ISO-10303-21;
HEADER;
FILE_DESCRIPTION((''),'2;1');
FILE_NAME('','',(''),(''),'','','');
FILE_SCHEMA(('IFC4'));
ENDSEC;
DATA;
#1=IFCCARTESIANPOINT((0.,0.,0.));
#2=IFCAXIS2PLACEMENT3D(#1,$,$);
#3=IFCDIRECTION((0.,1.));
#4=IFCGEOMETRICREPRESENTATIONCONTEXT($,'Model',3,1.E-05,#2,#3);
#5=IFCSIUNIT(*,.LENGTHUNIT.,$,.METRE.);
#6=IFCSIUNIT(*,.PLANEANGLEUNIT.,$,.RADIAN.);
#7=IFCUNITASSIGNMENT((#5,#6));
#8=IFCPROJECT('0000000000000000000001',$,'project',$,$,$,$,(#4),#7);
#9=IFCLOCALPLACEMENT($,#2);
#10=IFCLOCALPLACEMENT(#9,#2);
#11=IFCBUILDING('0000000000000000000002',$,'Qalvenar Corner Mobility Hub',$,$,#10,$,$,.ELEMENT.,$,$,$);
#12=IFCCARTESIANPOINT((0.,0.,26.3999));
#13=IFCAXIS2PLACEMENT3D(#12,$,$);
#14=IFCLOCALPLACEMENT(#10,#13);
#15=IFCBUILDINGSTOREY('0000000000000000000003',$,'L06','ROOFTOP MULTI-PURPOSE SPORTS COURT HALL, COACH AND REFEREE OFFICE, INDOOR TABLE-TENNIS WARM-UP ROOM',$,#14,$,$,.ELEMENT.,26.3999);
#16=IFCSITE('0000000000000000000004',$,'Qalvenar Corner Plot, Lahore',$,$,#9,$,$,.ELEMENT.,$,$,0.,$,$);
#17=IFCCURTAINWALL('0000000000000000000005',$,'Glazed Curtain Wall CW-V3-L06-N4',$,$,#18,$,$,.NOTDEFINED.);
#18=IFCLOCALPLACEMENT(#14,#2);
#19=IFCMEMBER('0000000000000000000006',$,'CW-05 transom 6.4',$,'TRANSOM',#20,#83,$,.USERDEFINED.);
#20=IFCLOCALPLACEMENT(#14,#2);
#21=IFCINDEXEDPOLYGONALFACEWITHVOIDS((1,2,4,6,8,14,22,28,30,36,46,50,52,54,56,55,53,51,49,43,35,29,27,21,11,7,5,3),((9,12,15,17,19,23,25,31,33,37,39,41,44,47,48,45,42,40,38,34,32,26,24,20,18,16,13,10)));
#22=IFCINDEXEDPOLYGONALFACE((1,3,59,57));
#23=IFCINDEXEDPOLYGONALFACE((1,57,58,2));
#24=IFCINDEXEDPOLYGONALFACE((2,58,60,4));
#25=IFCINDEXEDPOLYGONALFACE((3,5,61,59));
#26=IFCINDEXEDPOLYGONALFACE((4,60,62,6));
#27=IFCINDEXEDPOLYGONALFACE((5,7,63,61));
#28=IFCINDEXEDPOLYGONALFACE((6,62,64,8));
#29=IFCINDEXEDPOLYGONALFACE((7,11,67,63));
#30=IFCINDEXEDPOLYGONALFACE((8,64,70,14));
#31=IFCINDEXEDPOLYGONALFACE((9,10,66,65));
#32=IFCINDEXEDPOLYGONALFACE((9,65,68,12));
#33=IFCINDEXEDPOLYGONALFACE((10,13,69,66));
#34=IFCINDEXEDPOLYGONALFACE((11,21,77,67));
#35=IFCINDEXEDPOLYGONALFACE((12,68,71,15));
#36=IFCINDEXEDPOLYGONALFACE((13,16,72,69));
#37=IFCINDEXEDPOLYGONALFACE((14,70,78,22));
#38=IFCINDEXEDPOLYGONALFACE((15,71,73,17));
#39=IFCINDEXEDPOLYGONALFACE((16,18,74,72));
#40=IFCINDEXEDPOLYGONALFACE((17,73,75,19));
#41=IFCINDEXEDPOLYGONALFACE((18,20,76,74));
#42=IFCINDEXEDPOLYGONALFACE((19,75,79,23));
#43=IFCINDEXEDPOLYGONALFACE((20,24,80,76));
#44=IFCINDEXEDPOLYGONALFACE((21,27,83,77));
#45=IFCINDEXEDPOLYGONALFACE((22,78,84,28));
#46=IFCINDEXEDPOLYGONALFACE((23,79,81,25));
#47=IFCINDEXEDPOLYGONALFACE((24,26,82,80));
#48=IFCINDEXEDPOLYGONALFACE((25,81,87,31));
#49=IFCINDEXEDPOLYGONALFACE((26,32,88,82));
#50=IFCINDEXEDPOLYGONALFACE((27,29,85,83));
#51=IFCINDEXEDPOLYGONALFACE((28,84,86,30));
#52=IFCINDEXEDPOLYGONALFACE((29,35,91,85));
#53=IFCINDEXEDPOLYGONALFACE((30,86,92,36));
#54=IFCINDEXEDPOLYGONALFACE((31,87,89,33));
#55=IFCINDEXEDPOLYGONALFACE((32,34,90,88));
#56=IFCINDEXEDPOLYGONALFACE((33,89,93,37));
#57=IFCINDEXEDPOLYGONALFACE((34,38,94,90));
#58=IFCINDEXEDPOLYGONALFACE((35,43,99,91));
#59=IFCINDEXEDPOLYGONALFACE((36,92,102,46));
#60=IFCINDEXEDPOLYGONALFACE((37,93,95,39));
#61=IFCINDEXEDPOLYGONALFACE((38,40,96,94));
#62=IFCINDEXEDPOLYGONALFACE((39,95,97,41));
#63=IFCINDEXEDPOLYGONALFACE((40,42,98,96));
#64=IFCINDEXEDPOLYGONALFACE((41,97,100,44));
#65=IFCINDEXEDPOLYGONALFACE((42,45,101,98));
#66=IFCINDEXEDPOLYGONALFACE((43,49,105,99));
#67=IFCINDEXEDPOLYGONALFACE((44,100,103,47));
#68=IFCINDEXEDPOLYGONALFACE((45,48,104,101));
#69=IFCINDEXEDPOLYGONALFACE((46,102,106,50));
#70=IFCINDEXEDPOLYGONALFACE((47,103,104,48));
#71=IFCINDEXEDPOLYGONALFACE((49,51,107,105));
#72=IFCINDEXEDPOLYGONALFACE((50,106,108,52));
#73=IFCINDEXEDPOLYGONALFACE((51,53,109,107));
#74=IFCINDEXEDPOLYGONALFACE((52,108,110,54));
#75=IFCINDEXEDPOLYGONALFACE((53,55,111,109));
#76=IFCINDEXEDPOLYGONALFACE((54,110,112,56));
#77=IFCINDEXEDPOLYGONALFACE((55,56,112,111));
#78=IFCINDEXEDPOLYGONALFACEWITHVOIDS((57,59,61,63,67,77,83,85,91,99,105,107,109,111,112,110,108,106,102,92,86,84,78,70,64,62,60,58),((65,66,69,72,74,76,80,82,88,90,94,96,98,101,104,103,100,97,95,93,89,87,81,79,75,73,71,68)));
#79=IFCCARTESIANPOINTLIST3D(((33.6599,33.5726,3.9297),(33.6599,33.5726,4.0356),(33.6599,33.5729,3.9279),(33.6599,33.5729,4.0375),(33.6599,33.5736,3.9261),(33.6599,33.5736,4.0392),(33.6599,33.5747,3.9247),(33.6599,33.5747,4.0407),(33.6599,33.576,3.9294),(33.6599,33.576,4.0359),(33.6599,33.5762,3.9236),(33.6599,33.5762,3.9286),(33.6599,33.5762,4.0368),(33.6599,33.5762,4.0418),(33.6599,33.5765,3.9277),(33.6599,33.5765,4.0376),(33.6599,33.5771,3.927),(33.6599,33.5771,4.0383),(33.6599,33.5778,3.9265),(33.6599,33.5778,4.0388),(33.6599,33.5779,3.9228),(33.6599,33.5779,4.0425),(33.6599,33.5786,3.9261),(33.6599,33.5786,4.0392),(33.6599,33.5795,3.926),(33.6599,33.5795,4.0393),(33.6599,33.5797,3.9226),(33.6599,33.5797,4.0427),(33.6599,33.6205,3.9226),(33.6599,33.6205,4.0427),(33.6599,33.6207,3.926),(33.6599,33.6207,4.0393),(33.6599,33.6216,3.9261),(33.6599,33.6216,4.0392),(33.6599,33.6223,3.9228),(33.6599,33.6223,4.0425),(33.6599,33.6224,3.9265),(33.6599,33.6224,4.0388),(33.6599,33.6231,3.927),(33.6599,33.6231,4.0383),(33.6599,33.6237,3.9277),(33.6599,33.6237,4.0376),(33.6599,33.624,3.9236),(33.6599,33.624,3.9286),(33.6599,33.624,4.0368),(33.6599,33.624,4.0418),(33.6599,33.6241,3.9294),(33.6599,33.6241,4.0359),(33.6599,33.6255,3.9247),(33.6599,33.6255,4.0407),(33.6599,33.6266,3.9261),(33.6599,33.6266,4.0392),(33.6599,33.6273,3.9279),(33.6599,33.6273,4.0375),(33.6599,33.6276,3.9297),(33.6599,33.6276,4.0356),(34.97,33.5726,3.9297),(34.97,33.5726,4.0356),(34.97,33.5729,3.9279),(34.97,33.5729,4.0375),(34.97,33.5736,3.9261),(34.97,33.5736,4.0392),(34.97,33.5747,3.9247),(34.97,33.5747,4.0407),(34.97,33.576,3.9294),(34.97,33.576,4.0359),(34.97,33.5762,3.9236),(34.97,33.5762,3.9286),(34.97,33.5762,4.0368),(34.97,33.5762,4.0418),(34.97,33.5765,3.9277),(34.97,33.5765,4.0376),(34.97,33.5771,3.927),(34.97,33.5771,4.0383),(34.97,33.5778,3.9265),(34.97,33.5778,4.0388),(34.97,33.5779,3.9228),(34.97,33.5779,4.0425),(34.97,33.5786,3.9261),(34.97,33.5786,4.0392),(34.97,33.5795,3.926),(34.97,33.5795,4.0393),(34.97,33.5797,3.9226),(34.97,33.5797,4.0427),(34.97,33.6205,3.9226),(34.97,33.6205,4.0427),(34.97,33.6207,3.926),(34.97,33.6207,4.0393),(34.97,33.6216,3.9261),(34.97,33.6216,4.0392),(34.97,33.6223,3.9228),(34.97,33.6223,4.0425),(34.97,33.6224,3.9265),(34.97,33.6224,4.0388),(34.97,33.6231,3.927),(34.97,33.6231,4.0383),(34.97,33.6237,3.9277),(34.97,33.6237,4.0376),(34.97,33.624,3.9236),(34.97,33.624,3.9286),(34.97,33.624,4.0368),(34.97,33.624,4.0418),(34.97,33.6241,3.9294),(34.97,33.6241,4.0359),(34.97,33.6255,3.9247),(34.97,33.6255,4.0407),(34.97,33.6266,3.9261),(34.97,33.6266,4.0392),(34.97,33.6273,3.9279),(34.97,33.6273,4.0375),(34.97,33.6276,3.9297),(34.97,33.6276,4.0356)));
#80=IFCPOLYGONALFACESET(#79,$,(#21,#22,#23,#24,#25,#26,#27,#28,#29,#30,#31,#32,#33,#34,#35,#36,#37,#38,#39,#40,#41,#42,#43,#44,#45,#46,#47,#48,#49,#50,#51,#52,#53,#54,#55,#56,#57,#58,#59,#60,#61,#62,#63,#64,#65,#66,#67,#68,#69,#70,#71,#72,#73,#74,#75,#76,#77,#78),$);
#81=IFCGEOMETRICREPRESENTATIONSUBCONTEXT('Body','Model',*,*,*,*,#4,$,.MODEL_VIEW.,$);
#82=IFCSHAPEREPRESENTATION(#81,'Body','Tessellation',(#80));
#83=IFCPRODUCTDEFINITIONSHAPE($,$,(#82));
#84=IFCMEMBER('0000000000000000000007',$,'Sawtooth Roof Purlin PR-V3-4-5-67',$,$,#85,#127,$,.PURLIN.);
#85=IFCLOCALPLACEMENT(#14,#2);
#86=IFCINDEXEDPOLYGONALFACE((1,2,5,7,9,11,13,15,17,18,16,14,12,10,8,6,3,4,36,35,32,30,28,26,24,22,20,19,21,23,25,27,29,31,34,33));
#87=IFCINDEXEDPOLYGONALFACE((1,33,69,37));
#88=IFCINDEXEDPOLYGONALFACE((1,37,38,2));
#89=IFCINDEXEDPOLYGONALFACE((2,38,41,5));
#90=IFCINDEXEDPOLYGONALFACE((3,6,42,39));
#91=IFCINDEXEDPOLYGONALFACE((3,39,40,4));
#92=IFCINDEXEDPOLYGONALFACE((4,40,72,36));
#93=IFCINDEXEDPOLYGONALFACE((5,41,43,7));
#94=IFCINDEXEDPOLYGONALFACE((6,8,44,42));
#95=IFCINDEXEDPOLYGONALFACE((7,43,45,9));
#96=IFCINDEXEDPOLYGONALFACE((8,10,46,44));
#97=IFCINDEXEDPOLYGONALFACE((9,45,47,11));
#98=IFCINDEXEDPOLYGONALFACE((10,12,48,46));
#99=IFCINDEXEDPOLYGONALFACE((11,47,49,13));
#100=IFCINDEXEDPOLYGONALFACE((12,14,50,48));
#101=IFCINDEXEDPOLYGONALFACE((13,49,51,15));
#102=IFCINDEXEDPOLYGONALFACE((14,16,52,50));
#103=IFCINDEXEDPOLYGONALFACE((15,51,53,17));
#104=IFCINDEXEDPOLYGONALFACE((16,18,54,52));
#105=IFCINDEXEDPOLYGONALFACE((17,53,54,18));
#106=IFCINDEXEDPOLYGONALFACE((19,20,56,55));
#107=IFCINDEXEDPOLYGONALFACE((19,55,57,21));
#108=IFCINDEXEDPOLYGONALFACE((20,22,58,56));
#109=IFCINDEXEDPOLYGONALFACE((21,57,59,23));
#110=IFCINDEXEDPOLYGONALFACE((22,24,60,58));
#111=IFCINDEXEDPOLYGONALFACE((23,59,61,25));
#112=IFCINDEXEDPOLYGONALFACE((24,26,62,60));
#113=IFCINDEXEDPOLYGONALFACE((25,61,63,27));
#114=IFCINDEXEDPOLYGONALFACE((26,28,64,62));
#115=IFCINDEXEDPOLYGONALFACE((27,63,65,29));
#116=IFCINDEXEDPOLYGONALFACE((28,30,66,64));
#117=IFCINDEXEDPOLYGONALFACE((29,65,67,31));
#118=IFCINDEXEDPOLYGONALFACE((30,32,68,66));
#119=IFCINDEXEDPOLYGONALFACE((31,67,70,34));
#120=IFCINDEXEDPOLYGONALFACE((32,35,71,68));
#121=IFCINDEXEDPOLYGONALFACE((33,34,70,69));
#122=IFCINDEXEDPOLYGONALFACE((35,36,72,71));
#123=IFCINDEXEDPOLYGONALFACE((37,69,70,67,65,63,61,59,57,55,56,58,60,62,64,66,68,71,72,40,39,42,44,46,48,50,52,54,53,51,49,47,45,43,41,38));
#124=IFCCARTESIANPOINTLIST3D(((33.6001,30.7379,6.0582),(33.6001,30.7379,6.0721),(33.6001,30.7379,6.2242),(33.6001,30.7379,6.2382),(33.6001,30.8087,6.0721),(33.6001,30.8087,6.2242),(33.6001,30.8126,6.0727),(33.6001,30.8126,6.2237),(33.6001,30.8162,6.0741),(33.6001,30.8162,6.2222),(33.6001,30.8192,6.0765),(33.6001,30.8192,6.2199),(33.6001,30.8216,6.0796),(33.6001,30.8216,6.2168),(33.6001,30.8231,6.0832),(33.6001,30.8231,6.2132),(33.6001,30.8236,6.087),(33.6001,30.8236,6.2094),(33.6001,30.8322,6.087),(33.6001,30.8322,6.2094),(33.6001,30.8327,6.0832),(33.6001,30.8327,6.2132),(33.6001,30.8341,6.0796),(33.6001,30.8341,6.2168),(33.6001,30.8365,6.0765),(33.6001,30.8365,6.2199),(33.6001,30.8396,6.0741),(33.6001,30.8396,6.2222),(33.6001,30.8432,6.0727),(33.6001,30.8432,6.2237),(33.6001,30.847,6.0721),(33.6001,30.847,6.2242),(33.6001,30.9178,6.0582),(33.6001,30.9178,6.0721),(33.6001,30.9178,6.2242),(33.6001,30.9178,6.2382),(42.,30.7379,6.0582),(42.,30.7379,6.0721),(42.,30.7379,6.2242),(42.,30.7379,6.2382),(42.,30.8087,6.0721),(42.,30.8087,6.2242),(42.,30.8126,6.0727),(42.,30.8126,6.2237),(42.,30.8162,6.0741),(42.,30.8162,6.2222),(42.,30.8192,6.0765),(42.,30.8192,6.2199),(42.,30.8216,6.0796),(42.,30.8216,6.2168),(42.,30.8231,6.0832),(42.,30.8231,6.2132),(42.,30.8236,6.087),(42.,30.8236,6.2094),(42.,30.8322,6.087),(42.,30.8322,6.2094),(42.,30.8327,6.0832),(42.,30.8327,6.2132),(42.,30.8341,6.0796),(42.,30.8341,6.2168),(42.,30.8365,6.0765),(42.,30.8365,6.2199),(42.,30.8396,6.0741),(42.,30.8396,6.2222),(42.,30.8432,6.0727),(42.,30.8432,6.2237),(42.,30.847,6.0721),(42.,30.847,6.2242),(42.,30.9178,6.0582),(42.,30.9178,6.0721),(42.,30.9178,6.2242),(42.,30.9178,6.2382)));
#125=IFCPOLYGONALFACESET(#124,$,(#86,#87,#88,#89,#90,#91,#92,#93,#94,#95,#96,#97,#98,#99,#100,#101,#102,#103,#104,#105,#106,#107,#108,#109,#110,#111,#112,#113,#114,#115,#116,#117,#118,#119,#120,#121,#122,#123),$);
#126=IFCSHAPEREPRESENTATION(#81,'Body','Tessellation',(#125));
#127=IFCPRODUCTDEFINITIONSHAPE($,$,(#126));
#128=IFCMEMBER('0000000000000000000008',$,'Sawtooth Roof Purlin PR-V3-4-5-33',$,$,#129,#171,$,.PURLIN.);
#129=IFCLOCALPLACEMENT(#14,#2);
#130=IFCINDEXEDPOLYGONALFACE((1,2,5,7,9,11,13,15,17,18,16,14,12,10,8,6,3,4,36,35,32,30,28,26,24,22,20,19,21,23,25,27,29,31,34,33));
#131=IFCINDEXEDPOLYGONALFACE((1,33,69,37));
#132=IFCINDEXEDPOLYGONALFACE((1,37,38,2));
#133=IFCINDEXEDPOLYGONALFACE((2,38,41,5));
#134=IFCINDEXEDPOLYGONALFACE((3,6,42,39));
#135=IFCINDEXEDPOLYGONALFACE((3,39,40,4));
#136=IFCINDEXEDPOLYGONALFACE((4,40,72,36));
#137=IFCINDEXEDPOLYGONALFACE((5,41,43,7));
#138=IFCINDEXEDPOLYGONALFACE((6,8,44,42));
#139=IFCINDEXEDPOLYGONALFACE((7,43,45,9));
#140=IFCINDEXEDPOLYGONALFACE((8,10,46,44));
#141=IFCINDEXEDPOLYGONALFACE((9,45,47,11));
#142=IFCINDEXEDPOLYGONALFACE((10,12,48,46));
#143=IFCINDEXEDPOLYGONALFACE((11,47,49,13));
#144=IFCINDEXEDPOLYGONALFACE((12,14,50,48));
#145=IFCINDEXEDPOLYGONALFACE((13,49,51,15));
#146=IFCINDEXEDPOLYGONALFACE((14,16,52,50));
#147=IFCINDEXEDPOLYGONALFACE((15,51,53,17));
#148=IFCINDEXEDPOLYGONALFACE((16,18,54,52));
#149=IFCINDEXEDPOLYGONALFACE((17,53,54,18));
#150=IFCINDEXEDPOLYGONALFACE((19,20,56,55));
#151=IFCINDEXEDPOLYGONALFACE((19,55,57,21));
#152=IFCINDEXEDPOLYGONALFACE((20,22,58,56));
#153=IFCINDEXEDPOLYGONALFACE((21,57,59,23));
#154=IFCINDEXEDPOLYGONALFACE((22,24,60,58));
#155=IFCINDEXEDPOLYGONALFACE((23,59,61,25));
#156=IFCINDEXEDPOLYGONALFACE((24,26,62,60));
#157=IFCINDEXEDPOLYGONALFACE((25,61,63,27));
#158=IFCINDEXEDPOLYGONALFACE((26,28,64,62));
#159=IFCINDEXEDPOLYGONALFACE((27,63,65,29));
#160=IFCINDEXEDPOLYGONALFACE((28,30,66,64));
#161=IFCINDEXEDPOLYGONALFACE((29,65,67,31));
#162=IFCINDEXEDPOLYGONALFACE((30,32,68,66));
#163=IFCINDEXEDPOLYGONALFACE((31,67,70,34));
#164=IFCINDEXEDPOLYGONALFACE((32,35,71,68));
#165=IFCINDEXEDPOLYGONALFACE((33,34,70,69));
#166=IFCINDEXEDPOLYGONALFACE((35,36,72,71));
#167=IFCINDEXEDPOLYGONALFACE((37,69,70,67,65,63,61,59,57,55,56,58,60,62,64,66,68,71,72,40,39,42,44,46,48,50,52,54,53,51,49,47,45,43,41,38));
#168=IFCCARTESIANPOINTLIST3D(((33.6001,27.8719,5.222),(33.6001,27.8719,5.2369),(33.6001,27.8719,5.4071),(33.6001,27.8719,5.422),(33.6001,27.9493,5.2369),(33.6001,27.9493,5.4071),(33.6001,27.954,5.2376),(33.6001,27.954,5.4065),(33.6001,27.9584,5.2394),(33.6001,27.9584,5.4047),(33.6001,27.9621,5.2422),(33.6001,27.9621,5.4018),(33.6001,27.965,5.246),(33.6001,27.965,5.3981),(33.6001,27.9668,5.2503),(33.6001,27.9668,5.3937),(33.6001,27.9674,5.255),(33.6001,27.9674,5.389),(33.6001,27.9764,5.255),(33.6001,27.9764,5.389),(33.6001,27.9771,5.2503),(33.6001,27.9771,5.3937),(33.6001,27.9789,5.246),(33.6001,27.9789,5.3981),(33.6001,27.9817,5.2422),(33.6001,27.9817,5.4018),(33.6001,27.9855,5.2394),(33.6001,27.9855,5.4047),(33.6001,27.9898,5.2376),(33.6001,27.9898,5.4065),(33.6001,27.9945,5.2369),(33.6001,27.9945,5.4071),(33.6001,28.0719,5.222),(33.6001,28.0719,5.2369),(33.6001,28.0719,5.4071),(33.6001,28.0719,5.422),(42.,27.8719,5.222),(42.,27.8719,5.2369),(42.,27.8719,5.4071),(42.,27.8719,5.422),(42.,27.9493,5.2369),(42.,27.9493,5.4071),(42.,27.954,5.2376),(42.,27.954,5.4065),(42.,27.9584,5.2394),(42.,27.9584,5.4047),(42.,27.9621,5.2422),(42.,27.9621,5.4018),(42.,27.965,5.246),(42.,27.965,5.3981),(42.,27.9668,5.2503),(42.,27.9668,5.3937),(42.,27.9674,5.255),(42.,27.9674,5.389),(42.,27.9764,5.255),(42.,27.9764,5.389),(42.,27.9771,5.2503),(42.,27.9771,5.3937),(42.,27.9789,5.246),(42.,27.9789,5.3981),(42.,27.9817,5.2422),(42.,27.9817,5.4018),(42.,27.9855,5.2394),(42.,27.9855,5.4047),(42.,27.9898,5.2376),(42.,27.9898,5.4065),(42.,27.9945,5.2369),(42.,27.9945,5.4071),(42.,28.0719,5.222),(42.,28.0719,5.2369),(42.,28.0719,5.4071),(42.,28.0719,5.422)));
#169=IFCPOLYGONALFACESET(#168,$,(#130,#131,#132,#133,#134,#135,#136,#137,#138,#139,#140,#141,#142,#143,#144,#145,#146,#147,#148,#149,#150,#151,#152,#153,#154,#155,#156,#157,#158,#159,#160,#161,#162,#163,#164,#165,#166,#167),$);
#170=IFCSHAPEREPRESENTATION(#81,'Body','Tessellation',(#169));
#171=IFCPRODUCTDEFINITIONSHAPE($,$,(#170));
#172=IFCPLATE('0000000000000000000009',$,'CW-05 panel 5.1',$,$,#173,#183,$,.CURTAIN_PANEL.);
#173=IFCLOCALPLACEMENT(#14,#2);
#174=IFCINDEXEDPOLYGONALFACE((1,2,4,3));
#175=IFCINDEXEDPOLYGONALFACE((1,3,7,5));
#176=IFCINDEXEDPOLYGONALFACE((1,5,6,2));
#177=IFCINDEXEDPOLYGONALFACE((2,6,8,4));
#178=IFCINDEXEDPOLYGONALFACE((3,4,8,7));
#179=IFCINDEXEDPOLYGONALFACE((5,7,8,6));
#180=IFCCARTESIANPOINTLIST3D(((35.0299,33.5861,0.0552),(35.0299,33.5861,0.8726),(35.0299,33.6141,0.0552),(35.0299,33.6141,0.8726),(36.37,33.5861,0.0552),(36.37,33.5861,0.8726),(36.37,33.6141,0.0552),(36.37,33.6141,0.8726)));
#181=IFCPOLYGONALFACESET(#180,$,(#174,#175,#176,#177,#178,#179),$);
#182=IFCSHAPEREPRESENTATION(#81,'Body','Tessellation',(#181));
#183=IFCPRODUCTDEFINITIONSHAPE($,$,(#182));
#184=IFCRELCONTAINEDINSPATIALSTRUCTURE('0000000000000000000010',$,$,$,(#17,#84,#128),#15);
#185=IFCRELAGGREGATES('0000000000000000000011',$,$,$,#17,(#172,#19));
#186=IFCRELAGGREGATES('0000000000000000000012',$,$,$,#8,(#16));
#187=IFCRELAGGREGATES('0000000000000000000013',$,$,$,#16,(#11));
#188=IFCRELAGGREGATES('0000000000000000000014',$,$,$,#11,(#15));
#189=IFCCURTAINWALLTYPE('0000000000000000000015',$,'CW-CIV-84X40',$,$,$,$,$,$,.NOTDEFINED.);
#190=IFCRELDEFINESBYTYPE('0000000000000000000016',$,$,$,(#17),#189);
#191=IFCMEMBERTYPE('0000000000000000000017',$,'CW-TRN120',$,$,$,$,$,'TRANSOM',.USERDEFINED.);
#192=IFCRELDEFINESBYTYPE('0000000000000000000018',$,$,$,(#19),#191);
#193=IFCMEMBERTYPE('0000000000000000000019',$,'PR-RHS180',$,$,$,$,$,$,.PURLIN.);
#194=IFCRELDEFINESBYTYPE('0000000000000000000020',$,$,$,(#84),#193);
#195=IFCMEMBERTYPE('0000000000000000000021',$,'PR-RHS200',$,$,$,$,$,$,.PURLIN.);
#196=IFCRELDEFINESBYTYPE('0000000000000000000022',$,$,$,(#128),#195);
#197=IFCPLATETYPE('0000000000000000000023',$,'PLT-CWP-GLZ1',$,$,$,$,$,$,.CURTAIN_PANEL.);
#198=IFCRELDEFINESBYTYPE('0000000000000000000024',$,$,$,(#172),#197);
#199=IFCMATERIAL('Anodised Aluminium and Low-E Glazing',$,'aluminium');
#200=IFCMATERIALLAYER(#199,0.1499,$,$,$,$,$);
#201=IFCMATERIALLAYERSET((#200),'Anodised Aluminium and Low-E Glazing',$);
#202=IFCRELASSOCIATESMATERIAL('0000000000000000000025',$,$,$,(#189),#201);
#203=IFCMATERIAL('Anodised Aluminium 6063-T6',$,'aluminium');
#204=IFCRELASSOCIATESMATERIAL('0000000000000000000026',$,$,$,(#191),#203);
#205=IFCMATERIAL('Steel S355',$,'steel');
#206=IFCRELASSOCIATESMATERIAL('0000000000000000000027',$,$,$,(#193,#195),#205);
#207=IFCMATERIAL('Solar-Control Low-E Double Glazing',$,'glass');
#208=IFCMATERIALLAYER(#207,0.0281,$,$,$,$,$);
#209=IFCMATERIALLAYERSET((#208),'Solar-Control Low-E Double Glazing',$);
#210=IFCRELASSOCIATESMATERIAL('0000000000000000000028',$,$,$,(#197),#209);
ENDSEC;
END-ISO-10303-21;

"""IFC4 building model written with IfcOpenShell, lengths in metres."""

from ifc_helpers import new_model, si_unit, direction, frame, origin, origin_2d, place, context, subcontext, project, spatial, rectangle, hollow_rectangle, i_section, extrude, material, layer, layer_set, material_profile, profile_set, type_object, element, aggregate, save


model = new_model("IFC4")

# Units and contexts
model_context = context("Model", 3, precision=1e-05, world=origin(), true_north=direction((0.0, 1.0)))
body_context = subcontext(model_context, "Body", "Model", "MODEL_VIEW")
ifc_project = project(units=[si_unit("LENGTHUNIT", "METRE"), si_unit("PLANEANGLEUNIT", "RADIAN")], contexts=[model_context])

# Site, building, storey
site_placement = place(None, origin())
site = spatial("IfcSite", under=ifc_project, at=site_placement, Name="Qalvenar Corner Plot, Lahore", CompositionType="ELEMENT", RefElevation=0.0)
building_placement = place(site_placement, origin())
building = spatial("IfcBuilding", under=site, at=building_placement, Name="Qalvenar Corner Mobility Hub", CompositionType="ELEMENT")
storey_placement = place(building_placement, frame((0.0, 0.0, 26.3999)))
storey = spatial("IfcBuildingStorey", under=building, at=storey_placement, Name="L06", Description="ROOFTOP MULTI-PURPOSE SPORTS COURT HALL, COACH AND REFEREE OFFICE, INDOOR TABLE-TENNIS WARM-UP ROOM", CompositionType="ELEMENT", Elevation=26.3999)

# Shared definitions
ifc_material_1 = material(Name="Steel S355", Category="steel")

# Curtain wall
ifc_material_2 = material(Name="Anodised Aluminium and Low-E Glazing", Category="aluminium")
ifc_material_3 = material(Name="Anodised Aluminium 6063-T6", Category="aluminium")
ifc_layer_1 = layer(ifc_material_2, 0.1499)
ifc_layer_set_1 = layer_set([ifc_layer_1], Name="Anodised Aluminium and Low-E Glazing")
curtain_wall_type_1 = type_object("IfcCurtainWallType", Name="CW-CIV-84X40", PredefinedType="NOTDEFINED", material=ifc_layer_set_1)
curtain_wall_1_placement = place(storey_placement, origin())
curtain_wall_1 = element("IfcCurtainWall", 1, at=curtain_wall_1_placement, inside=storey, type_object=curtain_wall_type_1, Name="Glazed Curtain Wall CW-V3-L06-N4", PredefinedType="NOTDEFINED")

# Member
ifc_material_profile_1 = material_profile(ifc_material_3, hollow_rectangle(XDim=0.0549, YDim=0.1201, WallThickness=0.0034, InnerFilletRadius=0.0034, OuterFilletRadius=0.0071, at=origin_2d()), Name="RHS120x55x3.5")
ifc_profile_set_1 = profile_set([ifc_material_profile_1], Name="Anodised Aluminium 6063-T6")
member_type_1 = type_object("IfcMemberType", Name="CW-TRN120", ElementType="TRANSOM", PredefinedType="USERDEFINED", material=ifc_profile_set_1)
member_1_placement = place(storey_placement, frame((34.97, 33.6001, 3.9827), z_axis=(-1.0, 0.0, 0.0), x_axis=(0.0, -1.0, 0.0)))
member_1 = element("IfcMember", 2, at=member_1_placement, type_object=member_type_1, Name="CW-05 transom 6.4", ObjectType="TRANSOM", PredefinedType="USERDEFINED", context=body_context, shape_type="SweptSolid", body=[
    extrude(hollow_rectangle(XDim=0.0549, YDim=0.1201, WallThickness=0.0034, InnerFilletRadius=0.0034, OuterFilletRadius=0.0071, at=origin_2d()), origin(), (0.0, 0.0, 1.0), 1.3101),
])

# Members
ifc_material_profile_2 = material_profile(ifc_material_1, i_section(OverallWidth=0.1799, OverallDepth=0.1799, WebThickness=0.0085, FlangeThickness=0.0139, FilletRadius=0.0149, at=origin_2d()), Name="HEB180")
ifc_profile_set_2 = profile_set([ifc_material_profile_2], Name="Steel S355")
member_type_2 = type_object("IfcMemberType", Name="PR-RHS180", PredefinedType="PURLIN", material=ifc_profile_set_2)
member_2_placement = place(storey_placement, frame((33.6001, 30.8279, 6.1482), z_axis=(1.0, 0.0, 0.0), x_axis=(0.0, 1.0, 0.0)))
element("IfcMember", 3, at=member_2_placement, inside=storey, type_object=member_type_2, Name="Sawtooth Roof Purlin PR-V3-4-5-67", PredefinedType="PURLIN", context=body_context, shape_type="SweptSolid", body=[
    extrude(i_section(OverallWidth=0.1799, OverallDepth=0.1799, WebThickness=0.0085, FlangeThickness=0.0139, FilletRadius=0.0149, at=origin_2d()), origin(), (0.0, 0.0, 1.0), 8.3999),
])
ifc_material_profile_3 = material_profile(ifc_material_1, i_section(OverallWidth=0.2, OverallDepth=0.2, WebThickness=0.009, FlangeThickness=0.0149, FilletRadius=0.0181, at=origin_2d()), Name="HEB200")
ifc_profile_set_3 = profile_set([ifc_material_profile_3], Name="Steel S355")
member_type_3 = type_object("IfcMemberType", Name="PR-RHS200", PredefinedType="PURLIN", material=ifc_profile_set_3)
member_3_placement = place(storey_placement, frame((33.6001, 27.9719, 5.322), z_axis=(1.0, 0.0, 0.0), x_axis=(0.0, 1.0, 0.0)))
element("IfcMember", 4, at=member_3_placement, inside=storey, type_object=member_type_3, Name="Sawtooth Roof Purlin PR-V3-4-5-33", PredefinedType="PURLIN", context=body_context, shape_type="SweptSolid", body=[
    extrude(i_section(OverallWidth=0.2, OverallDepth=0.2, WebThickness=0.009, FlangeThickness=0.0149, FilletRadius=0.0181, at=origin_2d()), origin(), (0.0, 0.0, 1.0), 8.3999),
])

# Plate
ifc_material_4 = material(Name="Solar-Control Low-E Double Glazing", Category="glass")
ifc_layer_2 = layer(ifc_material_4, 0.0281)
ifc_layer_set_2 = layer_set([ifc_layer_2], Name="Solar-Control Low-E Double Glazing")
plate_type = type_object("IfcPlateType", Name="PLT-CWP-GLZ1", PredefinedType="CURTAIN_PANEL", material=ifc_layer_set_2)
plate_1_placement = place(storey_placement, frame((35.7, 33.6001, 0.0552), z_axis=(0.0, 0.0, 1.0), x_axis=(-1.0, 0.0, 0.0)))
plate_1 = element("IfcPlate", 5, at=plate_1_placement, type_object=plate_type, Name="CW-05 panel 5.1", PredefinedType="CURTAIN_PANEL", context=body_context, shape_type="SweptSolid", body=[
    extrude(rectangle(XDim=1.3401, YDim=0.0281, at=origin_2d()), origin(), (0.0, 0.0, 1.0), 0.8174),
])
aggregate(curtain_wall_1, [plate_1, member_1])

save(model, "model.ifc")
